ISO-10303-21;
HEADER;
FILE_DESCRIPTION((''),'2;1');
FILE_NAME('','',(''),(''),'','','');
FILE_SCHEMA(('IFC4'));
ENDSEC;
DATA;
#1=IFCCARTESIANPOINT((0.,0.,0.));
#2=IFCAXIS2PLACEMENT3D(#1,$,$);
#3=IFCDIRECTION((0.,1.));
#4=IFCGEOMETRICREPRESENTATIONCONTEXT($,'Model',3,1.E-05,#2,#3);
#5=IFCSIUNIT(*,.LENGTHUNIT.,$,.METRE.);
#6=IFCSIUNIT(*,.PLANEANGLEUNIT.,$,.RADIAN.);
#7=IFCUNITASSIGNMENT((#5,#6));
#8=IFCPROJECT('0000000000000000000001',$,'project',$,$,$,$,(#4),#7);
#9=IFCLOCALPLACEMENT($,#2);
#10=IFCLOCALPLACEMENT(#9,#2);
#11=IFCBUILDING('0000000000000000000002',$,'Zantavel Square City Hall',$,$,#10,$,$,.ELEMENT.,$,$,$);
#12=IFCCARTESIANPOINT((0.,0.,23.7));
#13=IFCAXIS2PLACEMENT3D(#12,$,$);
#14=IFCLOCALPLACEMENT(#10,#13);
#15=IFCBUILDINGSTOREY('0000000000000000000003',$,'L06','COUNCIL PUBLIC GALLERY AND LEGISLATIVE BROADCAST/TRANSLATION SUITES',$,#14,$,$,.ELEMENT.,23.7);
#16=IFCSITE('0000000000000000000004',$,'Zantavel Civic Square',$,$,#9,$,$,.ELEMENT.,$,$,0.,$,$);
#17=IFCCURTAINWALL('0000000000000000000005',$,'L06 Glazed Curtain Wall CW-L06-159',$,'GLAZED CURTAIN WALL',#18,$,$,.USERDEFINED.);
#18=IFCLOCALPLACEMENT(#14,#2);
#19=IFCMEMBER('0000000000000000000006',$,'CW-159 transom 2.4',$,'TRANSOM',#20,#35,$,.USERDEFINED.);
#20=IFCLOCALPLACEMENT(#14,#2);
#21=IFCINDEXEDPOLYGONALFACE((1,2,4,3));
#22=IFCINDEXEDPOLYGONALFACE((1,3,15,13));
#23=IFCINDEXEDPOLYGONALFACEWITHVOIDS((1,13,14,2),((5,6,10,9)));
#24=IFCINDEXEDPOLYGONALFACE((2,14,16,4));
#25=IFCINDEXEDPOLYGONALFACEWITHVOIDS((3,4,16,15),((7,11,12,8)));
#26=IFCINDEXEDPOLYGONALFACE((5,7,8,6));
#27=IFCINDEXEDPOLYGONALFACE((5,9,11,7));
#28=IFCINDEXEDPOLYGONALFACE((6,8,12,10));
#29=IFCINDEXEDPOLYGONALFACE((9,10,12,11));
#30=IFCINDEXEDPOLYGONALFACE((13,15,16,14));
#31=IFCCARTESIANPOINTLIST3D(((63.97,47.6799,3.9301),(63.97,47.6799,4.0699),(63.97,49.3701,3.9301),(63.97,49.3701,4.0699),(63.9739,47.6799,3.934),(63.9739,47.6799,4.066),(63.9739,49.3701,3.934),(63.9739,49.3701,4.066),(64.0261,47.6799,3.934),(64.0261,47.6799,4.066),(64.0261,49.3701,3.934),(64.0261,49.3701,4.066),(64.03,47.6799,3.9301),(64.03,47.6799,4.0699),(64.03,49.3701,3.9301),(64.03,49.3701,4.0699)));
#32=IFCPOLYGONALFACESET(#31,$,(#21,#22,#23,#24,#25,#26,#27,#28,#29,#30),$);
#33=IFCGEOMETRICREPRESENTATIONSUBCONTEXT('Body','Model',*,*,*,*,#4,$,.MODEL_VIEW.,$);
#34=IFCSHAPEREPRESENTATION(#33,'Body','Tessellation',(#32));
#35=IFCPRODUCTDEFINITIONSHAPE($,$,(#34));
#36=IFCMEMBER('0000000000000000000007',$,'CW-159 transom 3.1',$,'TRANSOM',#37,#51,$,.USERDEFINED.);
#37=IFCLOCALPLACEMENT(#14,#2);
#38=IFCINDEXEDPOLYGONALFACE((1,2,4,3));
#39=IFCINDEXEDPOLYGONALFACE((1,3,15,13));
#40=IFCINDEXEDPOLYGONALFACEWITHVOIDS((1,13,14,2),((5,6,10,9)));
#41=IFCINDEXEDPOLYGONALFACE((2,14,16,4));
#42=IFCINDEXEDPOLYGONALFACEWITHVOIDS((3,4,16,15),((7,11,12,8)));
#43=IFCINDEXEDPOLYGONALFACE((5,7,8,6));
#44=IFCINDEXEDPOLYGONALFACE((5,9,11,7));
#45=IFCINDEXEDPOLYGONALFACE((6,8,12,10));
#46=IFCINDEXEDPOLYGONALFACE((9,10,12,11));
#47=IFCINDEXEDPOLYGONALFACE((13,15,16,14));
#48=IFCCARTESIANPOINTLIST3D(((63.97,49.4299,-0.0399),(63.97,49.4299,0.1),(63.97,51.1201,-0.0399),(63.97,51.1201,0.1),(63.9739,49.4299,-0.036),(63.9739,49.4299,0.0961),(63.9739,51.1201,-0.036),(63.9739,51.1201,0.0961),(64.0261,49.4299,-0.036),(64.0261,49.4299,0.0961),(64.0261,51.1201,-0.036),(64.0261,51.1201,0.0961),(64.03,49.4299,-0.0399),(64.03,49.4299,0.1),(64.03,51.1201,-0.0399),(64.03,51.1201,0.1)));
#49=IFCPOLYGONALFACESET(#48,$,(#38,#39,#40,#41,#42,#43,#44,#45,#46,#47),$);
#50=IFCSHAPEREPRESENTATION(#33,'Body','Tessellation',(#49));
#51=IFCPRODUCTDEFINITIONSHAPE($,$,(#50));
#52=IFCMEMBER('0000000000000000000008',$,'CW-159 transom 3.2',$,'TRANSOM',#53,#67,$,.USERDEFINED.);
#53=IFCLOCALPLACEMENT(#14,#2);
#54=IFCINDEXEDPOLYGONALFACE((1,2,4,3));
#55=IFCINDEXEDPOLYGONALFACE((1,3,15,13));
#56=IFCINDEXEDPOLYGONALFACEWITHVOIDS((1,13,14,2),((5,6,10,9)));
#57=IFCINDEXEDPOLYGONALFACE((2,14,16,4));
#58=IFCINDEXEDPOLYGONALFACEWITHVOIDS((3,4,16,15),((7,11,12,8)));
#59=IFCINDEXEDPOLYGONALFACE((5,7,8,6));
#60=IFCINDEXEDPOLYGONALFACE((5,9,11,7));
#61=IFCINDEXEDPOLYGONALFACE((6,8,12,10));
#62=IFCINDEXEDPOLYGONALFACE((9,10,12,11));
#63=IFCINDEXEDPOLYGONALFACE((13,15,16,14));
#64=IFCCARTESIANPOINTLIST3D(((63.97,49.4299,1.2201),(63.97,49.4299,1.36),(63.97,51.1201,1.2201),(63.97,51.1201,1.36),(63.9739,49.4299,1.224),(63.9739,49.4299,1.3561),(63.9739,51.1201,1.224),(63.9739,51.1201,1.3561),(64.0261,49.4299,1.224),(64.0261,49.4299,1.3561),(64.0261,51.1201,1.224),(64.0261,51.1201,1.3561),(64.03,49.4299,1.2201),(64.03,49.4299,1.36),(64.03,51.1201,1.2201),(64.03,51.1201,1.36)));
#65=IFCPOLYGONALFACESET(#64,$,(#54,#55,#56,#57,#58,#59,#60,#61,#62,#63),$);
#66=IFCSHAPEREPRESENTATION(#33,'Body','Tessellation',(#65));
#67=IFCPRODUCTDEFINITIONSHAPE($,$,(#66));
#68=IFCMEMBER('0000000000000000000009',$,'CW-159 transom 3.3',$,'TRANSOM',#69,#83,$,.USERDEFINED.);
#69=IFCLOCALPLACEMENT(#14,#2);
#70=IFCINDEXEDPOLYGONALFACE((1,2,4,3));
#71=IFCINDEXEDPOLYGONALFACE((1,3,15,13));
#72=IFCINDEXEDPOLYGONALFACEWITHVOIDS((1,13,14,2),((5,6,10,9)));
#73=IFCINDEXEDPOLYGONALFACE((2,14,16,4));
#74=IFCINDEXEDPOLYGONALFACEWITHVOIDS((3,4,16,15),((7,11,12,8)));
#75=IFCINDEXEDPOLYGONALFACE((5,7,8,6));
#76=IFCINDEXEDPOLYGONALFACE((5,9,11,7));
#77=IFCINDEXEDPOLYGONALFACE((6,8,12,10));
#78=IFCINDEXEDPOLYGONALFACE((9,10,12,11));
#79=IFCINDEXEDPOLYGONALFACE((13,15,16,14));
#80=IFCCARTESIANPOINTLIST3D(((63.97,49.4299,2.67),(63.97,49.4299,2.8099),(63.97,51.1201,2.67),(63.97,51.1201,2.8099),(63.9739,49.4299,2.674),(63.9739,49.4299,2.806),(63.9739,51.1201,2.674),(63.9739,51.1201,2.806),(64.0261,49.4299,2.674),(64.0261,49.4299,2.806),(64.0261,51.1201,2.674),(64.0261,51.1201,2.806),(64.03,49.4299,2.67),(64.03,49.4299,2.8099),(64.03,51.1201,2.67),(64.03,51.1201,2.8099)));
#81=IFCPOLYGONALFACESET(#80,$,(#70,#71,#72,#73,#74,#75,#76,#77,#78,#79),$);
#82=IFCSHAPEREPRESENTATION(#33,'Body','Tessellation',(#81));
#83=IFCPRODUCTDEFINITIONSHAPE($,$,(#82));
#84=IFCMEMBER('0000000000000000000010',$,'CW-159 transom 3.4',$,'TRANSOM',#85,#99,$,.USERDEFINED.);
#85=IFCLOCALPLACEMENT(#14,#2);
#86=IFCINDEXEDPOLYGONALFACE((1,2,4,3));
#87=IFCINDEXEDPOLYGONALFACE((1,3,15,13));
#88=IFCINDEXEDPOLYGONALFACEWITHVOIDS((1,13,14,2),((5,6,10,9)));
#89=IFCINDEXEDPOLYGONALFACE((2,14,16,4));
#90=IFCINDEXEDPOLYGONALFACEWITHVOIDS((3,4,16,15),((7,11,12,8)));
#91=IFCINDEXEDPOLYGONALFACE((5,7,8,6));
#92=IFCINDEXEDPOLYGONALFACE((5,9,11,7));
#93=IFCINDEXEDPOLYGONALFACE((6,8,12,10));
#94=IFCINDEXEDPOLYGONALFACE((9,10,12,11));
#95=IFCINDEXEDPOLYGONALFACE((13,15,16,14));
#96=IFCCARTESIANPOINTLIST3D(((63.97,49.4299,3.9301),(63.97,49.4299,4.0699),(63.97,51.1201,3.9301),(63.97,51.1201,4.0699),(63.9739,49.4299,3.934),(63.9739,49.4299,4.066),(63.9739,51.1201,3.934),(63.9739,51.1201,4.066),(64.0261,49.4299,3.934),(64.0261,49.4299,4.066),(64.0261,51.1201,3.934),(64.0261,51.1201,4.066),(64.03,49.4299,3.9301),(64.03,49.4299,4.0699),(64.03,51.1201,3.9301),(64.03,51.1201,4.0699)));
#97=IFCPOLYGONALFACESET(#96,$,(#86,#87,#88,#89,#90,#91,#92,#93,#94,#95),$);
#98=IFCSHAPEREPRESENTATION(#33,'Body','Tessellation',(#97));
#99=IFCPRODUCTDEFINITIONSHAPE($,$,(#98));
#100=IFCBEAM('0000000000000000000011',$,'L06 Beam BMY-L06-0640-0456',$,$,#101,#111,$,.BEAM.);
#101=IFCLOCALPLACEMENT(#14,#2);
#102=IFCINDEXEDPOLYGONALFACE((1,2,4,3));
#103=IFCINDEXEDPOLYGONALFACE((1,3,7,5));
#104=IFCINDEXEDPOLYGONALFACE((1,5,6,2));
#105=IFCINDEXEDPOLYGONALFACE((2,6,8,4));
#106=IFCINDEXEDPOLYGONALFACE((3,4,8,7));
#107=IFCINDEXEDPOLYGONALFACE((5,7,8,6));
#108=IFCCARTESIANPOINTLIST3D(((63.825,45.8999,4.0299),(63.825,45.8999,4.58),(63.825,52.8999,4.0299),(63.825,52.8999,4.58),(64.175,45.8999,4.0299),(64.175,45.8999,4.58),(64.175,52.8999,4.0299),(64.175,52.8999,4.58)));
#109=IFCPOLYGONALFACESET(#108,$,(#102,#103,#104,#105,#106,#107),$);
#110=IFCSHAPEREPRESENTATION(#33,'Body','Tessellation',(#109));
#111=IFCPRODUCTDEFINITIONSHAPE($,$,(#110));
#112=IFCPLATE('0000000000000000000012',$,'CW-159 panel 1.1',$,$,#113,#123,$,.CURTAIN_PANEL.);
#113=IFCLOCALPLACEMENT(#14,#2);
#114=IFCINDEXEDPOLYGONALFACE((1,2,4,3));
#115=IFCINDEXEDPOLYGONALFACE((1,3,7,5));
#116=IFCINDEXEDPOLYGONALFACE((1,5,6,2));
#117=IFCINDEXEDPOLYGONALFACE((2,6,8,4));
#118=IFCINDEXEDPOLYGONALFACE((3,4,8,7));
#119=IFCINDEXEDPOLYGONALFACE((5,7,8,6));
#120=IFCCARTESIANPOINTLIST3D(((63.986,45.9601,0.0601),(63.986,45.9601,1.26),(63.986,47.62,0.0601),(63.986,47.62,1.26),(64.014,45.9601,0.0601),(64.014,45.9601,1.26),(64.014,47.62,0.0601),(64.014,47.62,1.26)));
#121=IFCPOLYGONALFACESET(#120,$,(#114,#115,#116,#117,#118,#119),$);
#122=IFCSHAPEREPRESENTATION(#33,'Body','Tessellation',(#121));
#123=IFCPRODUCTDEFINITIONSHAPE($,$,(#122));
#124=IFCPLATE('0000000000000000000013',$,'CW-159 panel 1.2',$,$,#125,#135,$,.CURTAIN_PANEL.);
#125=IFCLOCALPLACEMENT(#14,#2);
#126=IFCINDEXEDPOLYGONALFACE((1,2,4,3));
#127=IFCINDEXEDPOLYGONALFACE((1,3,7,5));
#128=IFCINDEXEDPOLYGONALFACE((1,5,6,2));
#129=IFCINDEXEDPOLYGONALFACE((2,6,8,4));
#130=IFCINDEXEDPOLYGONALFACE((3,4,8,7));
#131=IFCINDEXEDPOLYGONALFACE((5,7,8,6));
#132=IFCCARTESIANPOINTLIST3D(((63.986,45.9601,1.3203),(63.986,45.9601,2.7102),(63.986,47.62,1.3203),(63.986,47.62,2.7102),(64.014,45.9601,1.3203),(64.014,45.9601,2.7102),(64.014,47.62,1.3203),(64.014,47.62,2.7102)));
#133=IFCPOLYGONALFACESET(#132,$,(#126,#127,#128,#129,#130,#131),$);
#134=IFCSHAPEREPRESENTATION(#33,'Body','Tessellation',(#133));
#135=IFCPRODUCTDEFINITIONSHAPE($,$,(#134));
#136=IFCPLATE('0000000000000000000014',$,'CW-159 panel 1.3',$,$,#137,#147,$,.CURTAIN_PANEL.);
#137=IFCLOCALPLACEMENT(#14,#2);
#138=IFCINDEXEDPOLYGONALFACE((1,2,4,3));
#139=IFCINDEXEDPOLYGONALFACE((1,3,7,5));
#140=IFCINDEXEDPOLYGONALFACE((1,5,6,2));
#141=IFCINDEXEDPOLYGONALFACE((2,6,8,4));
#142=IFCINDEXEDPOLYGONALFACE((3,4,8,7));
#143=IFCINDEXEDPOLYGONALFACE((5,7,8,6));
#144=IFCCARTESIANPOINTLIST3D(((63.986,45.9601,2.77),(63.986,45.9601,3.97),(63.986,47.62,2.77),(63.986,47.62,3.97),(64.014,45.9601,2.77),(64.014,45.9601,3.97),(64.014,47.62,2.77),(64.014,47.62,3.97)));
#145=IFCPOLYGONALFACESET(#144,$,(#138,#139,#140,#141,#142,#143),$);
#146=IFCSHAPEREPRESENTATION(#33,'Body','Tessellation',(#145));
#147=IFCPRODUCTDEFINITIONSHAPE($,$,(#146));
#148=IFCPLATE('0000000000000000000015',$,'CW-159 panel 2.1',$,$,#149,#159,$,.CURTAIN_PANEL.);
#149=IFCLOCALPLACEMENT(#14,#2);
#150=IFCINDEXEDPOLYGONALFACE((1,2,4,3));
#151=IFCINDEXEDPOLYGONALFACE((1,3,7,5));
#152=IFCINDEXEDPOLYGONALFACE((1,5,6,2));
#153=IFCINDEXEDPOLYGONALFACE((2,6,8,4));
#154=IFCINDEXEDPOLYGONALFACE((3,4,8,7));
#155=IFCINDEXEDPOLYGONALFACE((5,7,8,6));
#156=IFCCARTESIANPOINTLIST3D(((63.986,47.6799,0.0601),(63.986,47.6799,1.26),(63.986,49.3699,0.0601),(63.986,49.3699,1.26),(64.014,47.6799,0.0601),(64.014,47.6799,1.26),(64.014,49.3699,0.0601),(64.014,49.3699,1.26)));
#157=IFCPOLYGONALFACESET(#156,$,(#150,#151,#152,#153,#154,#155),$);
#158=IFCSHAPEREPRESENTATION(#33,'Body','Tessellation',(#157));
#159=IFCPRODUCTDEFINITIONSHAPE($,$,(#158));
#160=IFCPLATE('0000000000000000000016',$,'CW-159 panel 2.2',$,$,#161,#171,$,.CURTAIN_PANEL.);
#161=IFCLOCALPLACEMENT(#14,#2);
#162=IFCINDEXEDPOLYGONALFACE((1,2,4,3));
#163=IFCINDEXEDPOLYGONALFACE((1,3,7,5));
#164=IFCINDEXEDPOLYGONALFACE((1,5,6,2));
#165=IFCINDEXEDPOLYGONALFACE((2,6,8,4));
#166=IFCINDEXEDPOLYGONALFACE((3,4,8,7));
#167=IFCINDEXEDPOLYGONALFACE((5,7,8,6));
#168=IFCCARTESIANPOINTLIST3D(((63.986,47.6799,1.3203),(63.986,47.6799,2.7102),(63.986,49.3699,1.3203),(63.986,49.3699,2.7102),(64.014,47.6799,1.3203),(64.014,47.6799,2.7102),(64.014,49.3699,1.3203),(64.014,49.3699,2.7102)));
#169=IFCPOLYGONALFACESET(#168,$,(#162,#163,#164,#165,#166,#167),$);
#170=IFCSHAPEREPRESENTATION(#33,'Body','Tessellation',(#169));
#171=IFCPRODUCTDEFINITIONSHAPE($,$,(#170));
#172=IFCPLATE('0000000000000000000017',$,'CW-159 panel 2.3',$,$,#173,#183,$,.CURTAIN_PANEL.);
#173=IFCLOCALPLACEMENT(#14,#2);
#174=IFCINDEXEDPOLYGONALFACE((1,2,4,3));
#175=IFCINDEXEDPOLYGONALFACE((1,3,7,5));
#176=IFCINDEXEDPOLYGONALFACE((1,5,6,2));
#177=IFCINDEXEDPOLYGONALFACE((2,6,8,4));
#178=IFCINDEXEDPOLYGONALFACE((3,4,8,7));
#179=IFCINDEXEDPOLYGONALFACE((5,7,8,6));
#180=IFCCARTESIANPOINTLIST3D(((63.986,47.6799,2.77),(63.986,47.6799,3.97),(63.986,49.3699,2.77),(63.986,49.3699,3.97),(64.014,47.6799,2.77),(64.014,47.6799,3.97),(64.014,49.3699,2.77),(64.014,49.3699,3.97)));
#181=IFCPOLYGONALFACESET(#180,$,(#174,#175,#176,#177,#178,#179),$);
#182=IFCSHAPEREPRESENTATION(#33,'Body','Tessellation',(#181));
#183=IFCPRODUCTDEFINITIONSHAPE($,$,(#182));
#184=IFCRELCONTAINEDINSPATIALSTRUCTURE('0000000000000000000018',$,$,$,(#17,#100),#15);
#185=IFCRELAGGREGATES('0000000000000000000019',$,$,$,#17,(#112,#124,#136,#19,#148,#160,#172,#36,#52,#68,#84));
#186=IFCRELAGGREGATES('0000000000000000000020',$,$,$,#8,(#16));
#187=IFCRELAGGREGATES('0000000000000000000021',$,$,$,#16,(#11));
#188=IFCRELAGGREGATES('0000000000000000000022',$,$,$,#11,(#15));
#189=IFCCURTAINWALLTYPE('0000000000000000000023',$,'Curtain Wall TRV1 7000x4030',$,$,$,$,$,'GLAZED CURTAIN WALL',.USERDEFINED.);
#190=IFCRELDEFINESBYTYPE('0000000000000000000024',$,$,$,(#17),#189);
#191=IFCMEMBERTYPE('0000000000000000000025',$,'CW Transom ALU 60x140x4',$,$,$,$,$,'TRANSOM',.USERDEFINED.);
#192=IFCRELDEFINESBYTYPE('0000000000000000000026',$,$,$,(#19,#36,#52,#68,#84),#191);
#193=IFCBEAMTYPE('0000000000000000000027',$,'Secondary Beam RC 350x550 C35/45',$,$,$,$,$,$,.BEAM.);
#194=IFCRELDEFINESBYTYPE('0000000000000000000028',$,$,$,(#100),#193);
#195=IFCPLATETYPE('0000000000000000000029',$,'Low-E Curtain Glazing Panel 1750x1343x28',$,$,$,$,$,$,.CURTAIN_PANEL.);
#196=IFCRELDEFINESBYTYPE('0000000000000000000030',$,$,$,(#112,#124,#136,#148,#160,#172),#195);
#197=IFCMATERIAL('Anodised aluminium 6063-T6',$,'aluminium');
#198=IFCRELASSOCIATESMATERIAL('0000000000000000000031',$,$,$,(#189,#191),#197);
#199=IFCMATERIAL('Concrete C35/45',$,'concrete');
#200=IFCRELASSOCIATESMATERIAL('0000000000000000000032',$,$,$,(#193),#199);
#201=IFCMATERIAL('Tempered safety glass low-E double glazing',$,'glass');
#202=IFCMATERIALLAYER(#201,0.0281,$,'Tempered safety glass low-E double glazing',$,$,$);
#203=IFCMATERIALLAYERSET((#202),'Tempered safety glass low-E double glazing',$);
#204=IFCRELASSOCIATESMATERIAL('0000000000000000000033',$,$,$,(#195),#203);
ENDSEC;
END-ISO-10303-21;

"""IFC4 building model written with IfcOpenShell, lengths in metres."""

from ifc_helpers import new_model, si_unit, direction, frame, origin, origin_2d, place, context, subcontext, project, spatial, rectangle, hollow_rectangle, extrude, material, layer, layer_set, material_profile, profile_set, type_object, element, aggregate, save


model = new_model("IFC4")

# Units and contexts
model_context = context("Model", 3, precision=1e-05, world=origin(), true_north=direction((0.0, 1.0)))
body_context = subcontext(model_context, "Body", "Model", "MODEL_VIEW")
ifc_project = project(units=[si_unit("LENGTHUNIT", "METRE"), si_unit("PLANEANGLEUNIT", "RADIAN")], contexts=[model_context])

# Site, building, storey
site_placement = place(None, origin())
site = spatial("IfcSite", under=ifc_project, at=site_placement, Name="Zantavel Civic Square", CompositionType="ELEMENT", RefElevation=0.0)
building_placement = place(site_placement, origin())
building = spatial("IfcBuilding", under=site, at=building_placement, Name="Zantavel Square City Hall", CompositionType="ELEMENT")
storey_placement = place(building_placement, frame((0.0, 0.0, 23.7)))
storey = spatial("IfcBuildingStorey", under=building, at=storey_placement, Name="L06", Description="COUNCIL PUBLIC GALLERY AND LEGISLATIVE BROADCAST/TRANSLATION SUITES", CompositionType="ELEMENT", Elevation=23.7)

# Curtain wall, members
ifc_material_1 = material(Name="Anodised aluminium 6063-T6", Category="aluminium")
curtain_wall_type = type_object("IfcCurtainWallType", Name="Curtain Wall TRV1 7000x4030", ElementType="GLAZED CURTAIN WALL", PredefinedType="USERDEFINED", material=ifc_material_1)
curtain_wall_placement = place(storey_placement, origin())
curtain_wall = element("IfcCurtainWall", 1, at=curtain_wall_placement, inside=storey, type_object=curtain_wall_type, Name="L06 Glazed Curtain Wall CW-L06-159", ObjectType="GLAZED CURTAIN WALL", PredefinedType="USERDEFINED")
ifc_material_profile_1 = material_profile(ifc_material_1, hollow_rectangle(XDim=0.0601, YDim=0.1399, WallThickness=0.0039, at=origin_2d()), Name="ALU 60x140x4")
ifc_profile_set_1 = profile_set([ifc_material_profile_1], Name="Anodised aluminium 6063-T6")
member_type_1 = type_object("IfcMemberType", Name="CW Transom ALU 60x140x4", ElementType="TRANSOM", PredefinedType="USERDEFINED", material=ifc_profile_set_1)
member_1_placement = place(storey_placement, frame((64.0, 47.6799, 4.0), z_axis=(0.0, 1.0, 0.0), x_axis=(-1.0, 0.0, 0.0)))
member_1 = element("IfcMember", 2, at=member_1_placement, type_object=member_type_1, Name="CW-159 transom 2.4", ObjectType="TRANSOM", PredefinedType="USERDEFINED", context=body_context, shape_type="SweptSolid", body=[
    extrude(hollow_rectangle(XDim=0.0601, YDim=0.1399, WallThickness=0.0039, at=origin_2d()), origin(), (0.0, 0.0, 1.0), 1.6902),
])
member_2_placement = place(storey_placement, frame((64.0, 49.4299, 0.03), z_axis=(0.0, 1.0, 0.0), x_axis=(-1.0, 0.0, 0.0)))
member_2 = element("IfcMember", 3, at=member_2_placement, type_object=member_type_1, Name="CW-159 transom 3.1", ObjectType="TRANSOM", PredefinedType="USERDEFINED", context=body_context, shape_type="SweptSolid", body=[
    extrude(hollow_rectangle(XDim=0.0601, YDim=0.1399, WallThickness=0.0039, at=origin_2d()), origin(), (0.0, 0.0, 1.0), 1.6902),
])
member_3_placement = place(storey_placement, frame((64.0, 49.4299, 1.29), z_axis=(0.0, 1.0, 0.0), x_axis=(-1.0, 0.0, 0.0)))
member_3 = element("IfcMember", 4, at=member_3_placement, type_object=member_type_1, Name="CW-159 transom 3.2", ObjectType="TRANSOM", PredefinedType="USERDEFINED", context=body_context, shape_type="SweptSolid", body=[
    extrude(hollow_rectangle(XDim=0.0601, YDim=0.1399, WallThickness=0.0039, at=origin_2d()), origin(), (0.0, 0.0, 1.0), 1.6902),
])
member_4_placement = place(storey_placement, frame((64.0, 49.4299, 2.74), z_axis=(0.0, 1.0, 0.0), x_axis=(-1.0, 0.0, 0.0)))
member_4 = element("IfcMember", 5, at=member_4_placement, type_object=member_type_1, Name="CW-159 transom 3.3", ObjectType="TRANSOM", PredefinedType="USERDEFINED", context=body_context, shape_type="SweptSolid", body=[
    extrude(hollow_rectangle(XDim=0.0601, YDim=0.1399, WallThickness=0.0039, at=origin_2d()), origin(), (0.0, 0.0, 1.0), 1.6902),
])
member_5_placement = place(storey_placement, frame((64.0, 49.4299, 4.0), z_axis=(0.0, 1.0, 0.0), x_axis=(-1.0, 0.0, 0.0)))
member_5 = element("IfcMember", 6, at=member_5_placement, type_object=member_type_1, Name="CW-159 transom 3.4", ObjectType="TRANSOM", PredefinedType="USERDEFINED", context=body_context, shape_type="SweptSolid", body=[
    extrude(hollow_rectangle(XDim=0.0601, YDim=0.1399, WallThickness=0.0039, at=origin_2d()), origin(), (0.0, 0.0, 1.0), 1.6902),
])

# Beam
ifc_material_2 = material(Name="Concrete C35/45", Category="concrete")
ifc_material_profile_2 = material_profile(ifc_material_2, rectangle(XDim=0.3501, YDim=0.55, at=origin_2d()), Name="RC 350x550")
ifc_profile_set_2 = profile_set([ifc_material_profile_2], Name="Concrete C35/45")
beam_type = type_object("IfcBeamType", Name="Secondary Beam RC 350x550 C35/45", PredefinedType="BEAM", material=ifc_profile_set_2)
beam_placement = place(storey_placement, frame((64.0, 45.8999, 4.3049), z_axis=(0.0, 1.0, 0.0), x_axis=(-1.0, 0.0, 0.0)))
element("IfcBeam", 7, at=beam_placement, inside=storey, type_object=beam_type, Name="L06 Beam BMY-L06-0640-0456", PredefinedType="BEAM", context=body_context, shape_type="SweptSolid", body=[
    extrude(rectangle(XDim=0.3501, YDim=0.55, at=origin_2d()), origin(), (0.0, 0.0, 1.0), 7.0),
])

# Plates
ifc_material_3 = material(Name="Tempered safety glass low-E double glazing", Category="glass")
ifc_layer_1 = layer(ifc_material_3, 0.0281, Name="Tempered safety glass low-E double glazing")
ifc_layer_set_1 = layer_set([ifc_layer_1], Name="Tempered safety glass low-E double glazing")
plate_type = type_object("IfcPlateType", Name="Low-E Curtain Glazing Panel 1750x1343x28", PredefinedType="CURTAIN_PANEL", material=ifc_layer_set_1)
plate_1_placement = place(storey_placement, frame((64.0, 46.79, 0.0601), z_axis=(0.0, 0.0, 1.0), x_axis=(0.0, 1.0, 0.0)))
plate_1 = element("IfcPlate", 8, at=plate_1_placement, type_object=plate_type, Name="CW-159 panel 1.1", PredefinedType="CURTAIN_PANEL", context=body_context, shape_type="SweptSolid", body=[
    extrude(rectangle(XDim=1.6599, YDim=0.0281, at=origin_2d()), origin(), (0.0, 0.0, 1.0), 1.2),
])
plate_2_placement = place(storey_placement, frame((64.0, 46.79, 1.3203), z_axis=(0.0, 0.0, 1.0), x_axis=(0.0, 1.0, 0.0)))
plate_2 = element("IfcPlate", 9, at=plate_2_placement, type_object=plate_type, Name="CW-159 panel 1.2", PredefinedType="CURTAIN_PANEL", context=body_context, shape_type="SweptSolid", body=[
    extrude(rectangle(XDim=1.6599, YDim=0.0281, at=origin_2d()), origin(), (0.0, 0.0, 1.0), 1.3899),
])
plate_3_placement = place(storey_placement, frame((64.0, 46.79, 2.77), z_axis=(0.0, 0.0, 1.0), x_axis=(0.0, 1.0, 0.0)))
plate_3 = element("IfcPlate", 10, at=plate_3_placement, type_object=plate_type, Name="CW-159 panel 1.3", PredefinedType="CURTAIN_PANEL", context=body_context, shape_type="SweptSolid", body=[
    extrude(rectangle(XDim=1.6599, YDim=0.0281, at=origin_2d()), origin(), (0.0, 0.0, 1.0), 1.2),
])
plate_4_placement = place(storey_placement, frame((64.0, 48.5249, 0.0601), z_axis=(0.0, 0.0, 1.0), x_axis=(0.0, 1.0, 0.0)))
plate_4 = element("IfcPlate", 11, at=plate_4_placement, type_object=plate_type, Name="CW-159 panel 2.1", PredefinedType="CURTAIN_PANEL", context=body_context, shape_type="SweptSolid", body=[
    extrude(rectangle(XDim=1.6899, YDim=0.0281, at=origin_2d()), origin(), (0.0, 0.0, 1.0), 1.2),
])
plate_5_placement = place(storey_placement, frame((64.0, 48.5249, 1.3203), z_axis=(0.0, 0.0, 1.0), x_axis=(0.0, 1.0, 0.0)))
plate_5 = element("IfcPlate", 12, at=plate_5_placement, type_object=plate_type, Name="CW-159 panel 2.2", PredefinedType="CURTAIN_PANEL", context=body_context, shape_type="SweptSolid", body=[
    extrude(rectangle(XDim=1.6899, YDim=0.0281, at=origin_2d()), origin(), (0.0, 0.0, 1.0), 1.3899),
])
plate_6_placement = place(storey_placement, frame((64.0, 48.5249, 2.77), z_axis=(0.0, 0.0, 1.0), x_axis=(0.0, 1.0, 0.0)))
plate_6 = element("IfcPlate", 13, at=plate_6_placement, type_object=plate_type, Name="CW-159 panel 2.3", PredefinedType="CURTAIN_PANEL", context=body_context, shape_type="SweptSolid", body=[
    extrude(rectangle(XDim=1.6899, YDim=0.0281, at=origin_2d()), origin(), (0.0, 0.0, 1.0), 1.2),
])
aggregate(curtain_wall, [plate_1, plate_2, plate_3, member_1, plate_4, plate_5, plate_6, member_2, member_3, member_4, member_5])

save(model, "model.ifc")
